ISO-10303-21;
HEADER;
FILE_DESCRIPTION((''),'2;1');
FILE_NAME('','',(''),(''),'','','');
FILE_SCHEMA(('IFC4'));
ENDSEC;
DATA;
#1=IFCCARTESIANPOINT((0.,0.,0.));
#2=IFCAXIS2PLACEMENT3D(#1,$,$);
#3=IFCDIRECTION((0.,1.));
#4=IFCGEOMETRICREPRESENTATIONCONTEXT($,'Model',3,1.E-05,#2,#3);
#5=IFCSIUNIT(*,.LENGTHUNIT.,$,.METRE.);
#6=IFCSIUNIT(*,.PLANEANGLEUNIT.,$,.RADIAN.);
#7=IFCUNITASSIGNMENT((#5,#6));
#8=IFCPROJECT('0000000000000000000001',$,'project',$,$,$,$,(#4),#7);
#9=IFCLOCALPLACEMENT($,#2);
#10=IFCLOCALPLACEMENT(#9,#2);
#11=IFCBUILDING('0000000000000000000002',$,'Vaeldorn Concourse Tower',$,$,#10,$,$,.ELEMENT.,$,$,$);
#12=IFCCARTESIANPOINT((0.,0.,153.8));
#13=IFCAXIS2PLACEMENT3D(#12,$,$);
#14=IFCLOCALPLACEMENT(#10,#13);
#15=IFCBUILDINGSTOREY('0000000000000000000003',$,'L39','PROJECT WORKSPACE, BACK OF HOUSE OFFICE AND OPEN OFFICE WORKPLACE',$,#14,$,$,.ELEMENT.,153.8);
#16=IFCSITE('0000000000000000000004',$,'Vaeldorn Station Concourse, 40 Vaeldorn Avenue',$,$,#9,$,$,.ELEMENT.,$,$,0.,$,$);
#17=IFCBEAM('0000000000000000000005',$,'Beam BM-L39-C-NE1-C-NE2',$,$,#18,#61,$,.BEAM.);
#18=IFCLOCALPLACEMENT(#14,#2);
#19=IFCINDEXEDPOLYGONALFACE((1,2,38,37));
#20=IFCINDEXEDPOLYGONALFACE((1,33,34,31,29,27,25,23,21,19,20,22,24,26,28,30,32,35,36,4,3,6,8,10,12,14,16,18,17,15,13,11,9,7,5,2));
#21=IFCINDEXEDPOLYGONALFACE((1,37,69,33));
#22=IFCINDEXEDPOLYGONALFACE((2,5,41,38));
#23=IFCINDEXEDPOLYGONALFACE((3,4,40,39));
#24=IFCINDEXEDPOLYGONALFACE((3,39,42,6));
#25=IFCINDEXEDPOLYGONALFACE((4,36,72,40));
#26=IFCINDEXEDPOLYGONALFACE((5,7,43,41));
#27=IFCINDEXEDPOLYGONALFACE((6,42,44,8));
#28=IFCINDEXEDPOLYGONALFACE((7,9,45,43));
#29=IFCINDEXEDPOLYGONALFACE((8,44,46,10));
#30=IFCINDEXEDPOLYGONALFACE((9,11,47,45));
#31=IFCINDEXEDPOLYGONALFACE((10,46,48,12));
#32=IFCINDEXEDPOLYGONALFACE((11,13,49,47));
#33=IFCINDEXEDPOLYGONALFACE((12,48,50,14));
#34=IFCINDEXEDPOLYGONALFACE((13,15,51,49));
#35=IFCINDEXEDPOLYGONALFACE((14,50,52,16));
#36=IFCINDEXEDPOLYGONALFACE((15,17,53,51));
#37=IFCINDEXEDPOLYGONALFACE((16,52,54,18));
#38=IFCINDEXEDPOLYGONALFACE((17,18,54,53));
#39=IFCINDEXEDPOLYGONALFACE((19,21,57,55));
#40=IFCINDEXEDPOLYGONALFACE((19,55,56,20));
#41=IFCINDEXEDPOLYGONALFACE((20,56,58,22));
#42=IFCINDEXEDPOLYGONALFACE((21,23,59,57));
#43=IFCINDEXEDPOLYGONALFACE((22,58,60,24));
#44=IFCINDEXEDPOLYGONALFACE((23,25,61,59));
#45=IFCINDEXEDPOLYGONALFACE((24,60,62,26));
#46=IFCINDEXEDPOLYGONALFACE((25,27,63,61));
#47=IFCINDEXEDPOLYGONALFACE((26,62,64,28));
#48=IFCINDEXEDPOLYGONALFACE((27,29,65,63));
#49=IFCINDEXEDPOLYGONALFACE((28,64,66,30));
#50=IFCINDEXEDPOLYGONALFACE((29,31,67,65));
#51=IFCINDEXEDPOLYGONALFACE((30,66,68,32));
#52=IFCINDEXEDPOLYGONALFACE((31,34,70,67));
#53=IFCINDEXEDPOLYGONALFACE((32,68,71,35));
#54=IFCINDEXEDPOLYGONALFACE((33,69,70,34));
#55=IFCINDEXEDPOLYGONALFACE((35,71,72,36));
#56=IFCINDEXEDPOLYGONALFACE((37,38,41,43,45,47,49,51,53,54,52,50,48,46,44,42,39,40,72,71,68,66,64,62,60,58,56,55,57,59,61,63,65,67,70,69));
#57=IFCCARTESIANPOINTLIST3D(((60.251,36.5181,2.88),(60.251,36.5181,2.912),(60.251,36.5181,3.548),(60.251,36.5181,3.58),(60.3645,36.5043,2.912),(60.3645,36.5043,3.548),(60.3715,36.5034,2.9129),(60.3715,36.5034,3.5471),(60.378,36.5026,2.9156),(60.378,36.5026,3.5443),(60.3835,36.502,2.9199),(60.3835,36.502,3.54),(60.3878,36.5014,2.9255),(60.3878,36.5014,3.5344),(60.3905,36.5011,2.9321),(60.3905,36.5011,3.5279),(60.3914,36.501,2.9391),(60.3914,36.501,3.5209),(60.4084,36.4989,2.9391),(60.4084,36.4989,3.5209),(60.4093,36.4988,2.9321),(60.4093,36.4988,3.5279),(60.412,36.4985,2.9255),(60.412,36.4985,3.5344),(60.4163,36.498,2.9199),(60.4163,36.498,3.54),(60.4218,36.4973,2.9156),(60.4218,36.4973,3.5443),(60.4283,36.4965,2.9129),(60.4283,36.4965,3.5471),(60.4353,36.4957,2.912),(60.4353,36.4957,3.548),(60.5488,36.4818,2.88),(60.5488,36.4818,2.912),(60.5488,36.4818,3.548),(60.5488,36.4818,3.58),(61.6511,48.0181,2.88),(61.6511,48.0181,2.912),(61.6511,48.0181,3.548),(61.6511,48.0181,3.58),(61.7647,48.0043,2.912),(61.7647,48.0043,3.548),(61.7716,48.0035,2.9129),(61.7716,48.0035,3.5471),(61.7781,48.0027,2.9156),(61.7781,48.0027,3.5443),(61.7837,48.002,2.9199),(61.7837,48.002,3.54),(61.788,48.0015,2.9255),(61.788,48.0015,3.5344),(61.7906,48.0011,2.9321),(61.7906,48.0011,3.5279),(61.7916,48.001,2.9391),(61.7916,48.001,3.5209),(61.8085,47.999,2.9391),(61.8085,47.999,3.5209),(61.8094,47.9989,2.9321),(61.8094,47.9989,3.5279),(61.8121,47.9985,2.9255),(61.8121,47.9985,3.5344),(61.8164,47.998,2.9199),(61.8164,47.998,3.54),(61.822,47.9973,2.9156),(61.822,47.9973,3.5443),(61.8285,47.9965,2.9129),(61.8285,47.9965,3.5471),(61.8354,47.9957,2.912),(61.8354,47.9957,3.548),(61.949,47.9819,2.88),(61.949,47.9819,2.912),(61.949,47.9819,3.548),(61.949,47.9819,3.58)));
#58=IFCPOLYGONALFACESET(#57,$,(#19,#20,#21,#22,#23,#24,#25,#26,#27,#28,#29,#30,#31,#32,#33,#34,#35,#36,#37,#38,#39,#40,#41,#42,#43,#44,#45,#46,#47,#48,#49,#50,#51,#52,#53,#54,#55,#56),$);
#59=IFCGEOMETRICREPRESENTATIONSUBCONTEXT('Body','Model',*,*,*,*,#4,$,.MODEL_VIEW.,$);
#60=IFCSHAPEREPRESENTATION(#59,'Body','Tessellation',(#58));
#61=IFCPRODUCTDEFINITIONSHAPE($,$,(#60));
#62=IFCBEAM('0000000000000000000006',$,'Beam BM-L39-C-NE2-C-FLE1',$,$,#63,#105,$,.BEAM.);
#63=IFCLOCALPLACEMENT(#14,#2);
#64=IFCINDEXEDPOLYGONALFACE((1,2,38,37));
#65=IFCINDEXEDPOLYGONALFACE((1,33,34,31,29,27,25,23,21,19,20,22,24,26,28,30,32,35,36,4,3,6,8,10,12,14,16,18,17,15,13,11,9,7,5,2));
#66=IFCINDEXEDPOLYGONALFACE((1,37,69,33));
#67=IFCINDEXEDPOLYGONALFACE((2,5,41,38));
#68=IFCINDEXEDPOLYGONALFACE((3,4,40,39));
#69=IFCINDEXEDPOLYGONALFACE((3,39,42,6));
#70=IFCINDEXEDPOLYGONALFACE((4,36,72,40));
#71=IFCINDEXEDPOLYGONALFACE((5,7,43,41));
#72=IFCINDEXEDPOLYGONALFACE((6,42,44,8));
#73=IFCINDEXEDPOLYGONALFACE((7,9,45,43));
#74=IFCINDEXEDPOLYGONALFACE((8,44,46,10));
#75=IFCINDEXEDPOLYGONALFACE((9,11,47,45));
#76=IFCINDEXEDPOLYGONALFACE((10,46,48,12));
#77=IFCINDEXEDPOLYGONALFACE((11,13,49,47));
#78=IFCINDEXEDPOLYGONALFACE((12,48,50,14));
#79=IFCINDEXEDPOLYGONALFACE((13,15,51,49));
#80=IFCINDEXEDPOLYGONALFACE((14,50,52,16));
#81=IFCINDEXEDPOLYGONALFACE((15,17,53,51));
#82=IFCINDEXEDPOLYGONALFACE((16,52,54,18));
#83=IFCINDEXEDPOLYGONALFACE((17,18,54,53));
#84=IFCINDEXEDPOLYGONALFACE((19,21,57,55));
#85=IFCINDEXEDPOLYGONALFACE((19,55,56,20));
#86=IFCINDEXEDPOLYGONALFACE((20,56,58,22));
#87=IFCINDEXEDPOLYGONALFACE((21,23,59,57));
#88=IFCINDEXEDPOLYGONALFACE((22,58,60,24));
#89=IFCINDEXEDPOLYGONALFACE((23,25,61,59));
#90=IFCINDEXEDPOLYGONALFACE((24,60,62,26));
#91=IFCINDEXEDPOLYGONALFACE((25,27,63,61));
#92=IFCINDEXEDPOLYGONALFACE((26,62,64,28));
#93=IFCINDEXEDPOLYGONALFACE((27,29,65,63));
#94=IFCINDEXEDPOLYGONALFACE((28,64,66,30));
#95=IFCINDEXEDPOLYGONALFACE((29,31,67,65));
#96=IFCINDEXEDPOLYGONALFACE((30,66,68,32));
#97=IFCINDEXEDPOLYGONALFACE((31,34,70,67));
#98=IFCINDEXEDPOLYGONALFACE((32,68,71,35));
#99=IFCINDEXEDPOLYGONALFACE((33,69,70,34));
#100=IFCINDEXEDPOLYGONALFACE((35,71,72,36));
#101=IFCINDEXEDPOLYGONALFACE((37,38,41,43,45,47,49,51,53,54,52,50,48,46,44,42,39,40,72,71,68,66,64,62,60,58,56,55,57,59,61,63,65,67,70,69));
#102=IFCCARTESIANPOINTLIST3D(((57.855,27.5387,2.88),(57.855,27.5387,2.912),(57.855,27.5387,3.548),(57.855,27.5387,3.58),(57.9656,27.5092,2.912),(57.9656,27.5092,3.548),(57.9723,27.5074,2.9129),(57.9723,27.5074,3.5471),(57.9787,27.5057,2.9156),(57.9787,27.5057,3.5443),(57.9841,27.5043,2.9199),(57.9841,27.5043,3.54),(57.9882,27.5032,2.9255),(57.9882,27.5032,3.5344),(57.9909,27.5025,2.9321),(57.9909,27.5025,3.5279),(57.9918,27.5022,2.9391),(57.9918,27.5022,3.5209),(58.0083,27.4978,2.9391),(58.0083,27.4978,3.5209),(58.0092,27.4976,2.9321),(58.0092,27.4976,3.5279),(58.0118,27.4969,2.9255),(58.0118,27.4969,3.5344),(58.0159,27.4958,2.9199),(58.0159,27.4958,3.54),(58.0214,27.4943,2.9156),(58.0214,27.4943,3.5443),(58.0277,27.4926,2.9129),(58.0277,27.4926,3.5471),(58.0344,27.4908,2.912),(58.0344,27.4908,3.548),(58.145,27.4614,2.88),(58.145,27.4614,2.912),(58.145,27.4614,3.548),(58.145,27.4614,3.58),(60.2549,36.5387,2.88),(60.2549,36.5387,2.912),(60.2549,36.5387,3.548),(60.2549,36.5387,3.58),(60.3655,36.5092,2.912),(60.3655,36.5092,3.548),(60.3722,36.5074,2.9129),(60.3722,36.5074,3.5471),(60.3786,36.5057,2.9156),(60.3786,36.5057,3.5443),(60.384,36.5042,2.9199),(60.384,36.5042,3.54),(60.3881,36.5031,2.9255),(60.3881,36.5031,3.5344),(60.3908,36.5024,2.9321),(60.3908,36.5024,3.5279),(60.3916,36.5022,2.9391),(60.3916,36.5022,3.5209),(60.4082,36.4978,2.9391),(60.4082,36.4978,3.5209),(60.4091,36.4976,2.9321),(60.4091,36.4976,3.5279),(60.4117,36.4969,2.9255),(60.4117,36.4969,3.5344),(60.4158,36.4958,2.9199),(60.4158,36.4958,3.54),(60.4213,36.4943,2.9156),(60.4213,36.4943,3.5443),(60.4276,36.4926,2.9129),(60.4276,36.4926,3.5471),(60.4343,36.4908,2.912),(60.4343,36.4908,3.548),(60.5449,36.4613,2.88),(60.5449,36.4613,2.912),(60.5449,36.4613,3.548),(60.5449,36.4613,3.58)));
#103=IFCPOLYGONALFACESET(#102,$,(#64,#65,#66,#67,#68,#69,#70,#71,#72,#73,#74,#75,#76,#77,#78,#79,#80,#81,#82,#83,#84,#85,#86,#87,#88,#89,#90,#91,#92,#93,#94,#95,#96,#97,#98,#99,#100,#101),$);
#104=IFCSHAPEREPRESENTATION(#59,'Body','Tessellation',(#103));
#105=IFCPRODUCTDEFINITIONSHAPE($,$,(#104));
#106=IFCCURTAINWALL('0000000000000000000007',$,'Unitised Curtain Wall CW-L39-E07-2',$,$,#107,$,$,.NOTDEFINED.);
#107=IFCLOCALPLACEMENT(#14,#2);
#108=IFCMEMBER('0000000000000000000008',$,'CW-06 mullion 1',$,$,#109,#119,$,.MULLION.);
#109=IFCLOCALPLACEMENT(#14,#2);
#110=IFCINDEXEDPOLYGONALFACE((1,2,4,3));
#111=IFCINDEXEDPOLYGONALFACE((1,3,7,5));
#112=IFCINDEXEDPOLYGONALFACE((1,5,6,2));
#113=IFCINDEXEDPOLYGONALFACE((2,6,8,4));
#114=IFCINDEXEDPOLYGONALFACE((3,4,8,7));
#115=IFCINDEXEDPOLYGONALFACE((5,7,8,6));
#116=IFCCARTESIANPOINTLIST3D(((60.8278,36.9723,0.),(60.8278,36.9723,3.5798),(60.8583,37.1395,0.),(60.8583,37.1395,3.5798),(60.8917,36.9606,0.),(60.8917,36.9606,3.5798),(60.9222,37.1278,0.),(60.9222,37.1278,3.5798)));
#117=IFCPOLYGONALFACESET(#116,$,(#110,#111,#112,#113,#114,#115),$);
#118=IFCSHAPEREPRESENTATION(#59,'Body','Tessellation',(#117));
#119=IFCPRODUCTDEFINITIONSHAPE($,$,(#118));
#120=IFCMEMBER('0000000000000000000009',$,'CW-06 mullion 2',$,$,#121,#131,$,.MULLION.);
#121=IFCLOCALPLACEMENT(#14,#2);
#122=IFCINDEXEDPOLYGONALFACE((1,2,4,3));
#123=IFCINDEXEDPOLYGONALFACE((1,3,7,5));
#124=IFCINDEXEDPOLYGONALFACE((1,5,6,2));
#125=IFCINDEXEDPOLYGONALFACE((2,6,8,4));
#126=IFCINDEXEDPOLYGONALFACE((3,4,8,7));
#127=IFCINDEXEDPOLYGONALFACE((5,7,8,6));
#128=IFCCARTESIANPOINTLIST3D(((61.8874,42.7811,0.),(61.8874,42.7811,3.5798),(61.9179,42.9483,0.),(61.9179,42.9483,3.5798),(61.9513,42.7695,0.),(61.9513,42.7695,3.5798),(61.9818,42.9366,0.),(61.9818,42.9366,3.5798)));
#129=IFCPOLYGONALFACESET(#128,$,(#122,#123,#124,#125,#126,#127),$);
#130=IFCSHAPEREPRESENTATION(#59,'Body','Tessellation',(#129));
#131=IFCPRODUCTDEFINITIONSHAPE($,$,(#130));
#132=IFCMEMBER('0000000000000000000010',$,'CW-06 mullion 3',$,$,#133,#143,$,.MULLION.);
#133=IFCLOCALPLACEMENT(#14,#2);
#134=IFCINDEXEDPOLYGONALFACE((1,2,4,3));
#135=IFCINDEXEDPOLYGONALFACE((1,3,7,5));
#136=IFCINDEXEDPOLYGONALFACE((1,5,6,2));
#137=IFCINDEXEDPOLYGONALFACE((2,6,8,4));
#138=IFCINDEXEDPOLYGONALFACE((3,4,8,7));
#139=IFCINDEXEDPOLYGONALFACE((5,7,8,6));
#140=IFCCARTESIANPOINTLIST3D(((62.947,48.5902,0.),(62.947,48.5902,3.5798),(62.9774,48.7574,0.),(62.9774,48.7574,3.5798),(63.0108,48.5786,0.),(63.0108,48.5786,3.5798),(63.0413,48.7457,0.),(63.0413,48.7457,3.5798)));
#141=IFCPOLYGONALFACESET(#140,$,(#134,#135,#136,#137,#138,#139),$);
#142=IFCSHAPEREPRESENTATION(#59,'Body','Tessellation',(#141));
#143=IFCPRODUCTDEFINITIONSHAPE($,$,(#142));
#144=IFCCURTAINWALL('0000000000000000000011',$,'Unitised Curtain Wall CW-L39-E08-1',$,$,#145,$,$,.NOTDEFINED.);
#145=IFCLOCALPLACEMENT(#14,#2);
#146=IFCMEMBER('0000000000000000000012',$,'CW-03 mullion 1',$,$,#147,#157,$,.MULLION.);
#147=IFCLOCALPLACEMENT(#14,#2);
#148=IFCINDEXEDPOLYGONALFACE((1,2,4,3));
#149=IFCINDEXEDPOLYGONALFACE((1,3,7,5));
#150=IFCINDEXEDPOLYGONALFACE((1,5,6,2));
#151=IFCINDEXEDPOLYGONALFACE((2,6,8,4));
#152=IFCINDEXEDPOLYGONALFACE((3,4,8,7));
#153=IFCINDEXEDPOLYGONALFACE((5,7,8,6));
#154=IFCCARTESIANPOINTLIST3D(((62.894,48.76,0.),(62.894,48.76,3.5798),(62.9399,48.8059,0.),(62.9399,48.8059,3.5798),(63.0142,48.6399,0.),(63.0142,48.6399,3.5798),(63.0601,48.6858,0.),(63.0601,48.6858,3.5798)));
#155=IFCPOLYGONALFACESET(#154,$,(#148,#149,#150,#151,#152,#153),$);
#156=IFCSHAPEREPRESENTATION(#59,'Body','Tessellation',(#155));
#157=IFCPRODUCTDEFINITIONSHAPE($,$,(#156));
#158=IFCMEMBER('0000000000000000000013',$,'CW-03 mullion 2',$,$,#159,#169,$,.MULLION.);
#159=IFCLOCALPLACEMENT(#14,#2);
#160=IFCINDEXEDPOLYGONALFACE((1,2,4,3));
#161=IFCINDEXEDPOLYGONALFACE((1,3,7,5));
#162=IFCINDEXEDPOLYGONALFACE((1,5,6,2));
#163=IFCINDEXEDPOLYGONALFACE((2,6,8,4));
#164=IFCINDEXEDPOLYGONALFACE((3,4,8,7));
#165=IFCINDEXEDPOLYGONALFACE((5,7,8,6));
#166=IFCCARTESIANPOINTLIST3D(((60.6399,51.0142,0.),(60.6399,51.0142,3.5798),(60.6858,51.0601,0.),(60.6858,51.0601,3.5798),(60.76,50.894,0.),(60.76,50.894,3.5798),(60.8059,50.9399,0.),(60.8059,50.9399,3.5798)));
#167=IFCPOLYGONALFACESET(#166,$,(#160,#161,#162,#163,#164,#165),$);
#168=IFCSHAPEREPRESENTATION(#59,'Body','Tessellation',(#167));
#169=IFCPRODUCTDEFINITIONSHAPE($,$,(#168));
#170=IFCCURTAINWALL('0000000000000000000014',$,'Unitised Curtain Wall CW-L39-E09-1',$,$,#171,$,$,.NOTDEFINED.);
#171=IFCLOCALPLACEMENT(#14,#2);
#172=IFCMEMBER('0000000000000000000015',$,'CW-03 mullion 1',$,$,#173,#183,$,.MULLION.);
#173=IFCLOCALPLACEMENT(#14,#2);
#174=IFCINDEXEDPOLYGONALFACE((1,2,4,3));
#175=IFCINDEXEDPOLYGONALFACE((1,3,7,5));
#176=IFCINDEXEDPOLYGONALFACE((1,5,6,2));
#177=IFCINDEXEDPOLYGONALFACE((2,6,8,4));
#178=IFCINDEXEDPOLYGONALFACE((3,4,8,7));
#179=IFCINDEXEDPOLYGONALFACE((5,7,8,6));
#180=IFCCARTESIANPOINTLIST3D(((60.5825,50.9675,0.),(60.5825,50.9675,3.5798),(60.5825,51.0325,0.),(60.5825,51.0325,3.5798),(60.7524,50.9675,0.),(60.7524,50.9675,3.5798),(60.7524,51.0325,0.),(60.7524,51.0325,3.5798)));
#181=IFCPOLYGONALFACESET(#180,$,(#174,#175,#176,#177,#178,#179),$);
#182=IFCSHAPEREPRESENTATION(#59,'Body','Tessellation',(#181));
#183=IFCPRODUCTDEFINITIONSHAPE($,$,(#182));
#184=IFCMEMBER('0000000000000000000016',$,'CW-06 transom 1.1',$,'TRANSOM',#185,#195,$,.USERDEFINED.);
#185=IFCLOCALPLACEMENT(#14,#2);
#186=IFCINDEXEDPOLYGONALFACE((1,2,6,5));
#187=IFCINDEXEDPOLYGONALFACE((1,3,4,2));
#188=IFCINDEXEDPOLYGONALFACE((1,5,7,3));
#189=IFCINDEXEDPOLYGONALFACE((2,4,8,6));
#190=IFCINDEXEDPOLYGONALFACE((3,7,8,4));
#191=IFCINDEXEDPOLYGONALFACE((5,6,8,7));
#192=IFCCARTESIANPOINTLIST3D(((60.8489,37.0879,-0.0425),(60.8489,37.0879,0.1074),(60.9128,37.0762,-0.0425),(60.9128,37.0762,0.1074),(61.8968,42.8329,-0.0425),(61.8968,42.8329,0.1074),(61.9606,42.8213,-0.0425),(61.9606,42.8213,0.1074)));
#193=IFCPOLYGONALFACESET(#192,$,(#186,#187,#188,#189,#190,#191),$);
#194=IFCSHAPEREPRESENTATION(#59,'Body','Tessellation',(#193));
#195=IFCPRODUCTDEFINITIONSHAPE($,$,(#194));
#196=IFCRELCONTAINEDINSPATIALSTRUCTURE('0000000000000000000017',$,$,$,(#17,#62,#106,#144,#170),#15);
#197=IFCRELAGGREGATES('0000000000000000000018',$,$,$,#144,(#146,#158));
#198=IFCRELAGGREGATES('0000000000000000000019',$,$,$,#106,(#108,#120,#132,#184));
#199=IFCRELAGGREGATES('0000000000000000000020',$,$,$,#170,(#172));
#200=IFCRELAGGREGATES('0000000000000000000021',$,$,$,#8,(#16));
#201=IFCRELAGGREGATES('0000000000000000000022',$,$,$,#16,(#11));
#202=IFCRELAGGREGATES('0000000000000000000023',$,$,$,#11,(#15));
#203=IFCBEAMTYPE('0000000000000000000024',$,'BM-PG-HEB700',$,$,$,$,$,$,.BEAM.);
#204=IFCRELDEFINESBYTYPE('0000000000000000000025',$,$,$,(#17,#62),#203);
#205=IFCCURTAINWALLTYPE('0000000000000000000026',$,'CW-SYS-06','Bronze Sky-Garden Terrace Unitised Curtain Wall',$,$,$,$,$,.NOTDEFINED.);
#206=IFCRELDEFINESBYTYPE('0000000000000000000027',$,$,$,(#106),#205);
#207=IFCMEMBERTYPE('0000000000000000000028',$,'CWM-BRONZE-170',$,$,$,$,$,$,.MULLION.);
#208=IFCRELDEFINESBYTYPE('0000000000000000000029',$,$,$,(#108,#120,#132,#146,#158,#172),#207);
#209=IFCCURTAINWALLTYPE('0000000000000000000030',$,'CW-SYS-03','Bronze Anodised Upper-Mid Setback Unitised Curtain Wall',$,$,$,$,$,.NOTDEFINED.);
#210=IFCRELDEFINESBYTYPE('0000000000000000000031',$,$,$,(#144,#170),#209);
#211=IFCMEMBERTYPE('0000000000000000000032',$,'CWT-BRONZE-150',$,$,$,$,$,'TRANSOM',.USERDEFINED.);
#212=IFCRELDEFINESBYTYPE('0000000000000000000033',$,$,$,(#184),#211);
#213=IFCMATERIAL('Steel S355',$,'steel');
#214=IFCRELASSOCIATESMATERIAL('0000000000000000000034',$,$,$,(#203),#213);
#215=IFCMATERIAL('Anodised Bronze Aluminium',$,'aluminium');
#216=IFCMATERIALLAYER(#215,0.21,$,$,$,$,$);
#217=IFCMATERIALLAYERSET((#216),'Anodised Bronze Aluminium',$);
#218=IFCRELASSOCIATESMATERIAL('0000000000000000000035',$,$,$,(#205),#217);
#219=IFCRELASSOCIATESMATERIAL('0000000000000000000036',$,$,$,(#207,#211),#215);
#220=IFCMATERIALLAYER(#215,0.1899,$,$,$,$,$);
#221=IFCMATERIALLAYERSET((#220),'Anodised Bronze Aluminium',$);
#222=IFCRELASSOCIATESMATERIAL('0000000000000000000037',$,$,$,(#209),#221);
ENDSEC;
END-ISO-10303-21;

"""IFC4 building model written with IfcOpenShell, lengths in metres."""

from ifc_helpers import new_model, si_unit, direction, frame, origin, origin_2d, place, context, subcontext, project, spatial, rectangle, i_section, extrude, source, transform, mapped, material, layer, layer_set, material_profile, profile_set, type_object, element, aggregate, save


model = new_model("IFC4")

# Units and contexts
model_context = context("Model", 3, precision=1e-05, world=origin(), true_north=direction((0.0, 1.0)))
body_context = subcontext(model_context, "Body", "Model", "MODEL_VIEW")
ifc_project = project(units=[si_unit("LENGTHUNIT", "METRE"), si_unit("PLANEANGLEUNIT", "RADIAN")], contexts=[model_context])

# Site, building, storey
site_placement = place(None, origin())
site = spatial("IfcSite", under=ifc_project, at=site_placement, Name="Vaeldorn Station Concourse, 40 Vaeldorn Avenue", CompositionType="ELEMENT", RefElevation=0.0)
building_placement = place(site_placement, origin())
building = spatial("IfcBuilding", under=site, at=building_placement, Name="Vaeldorn Concourse Tower", CompositionType="ELEMENT")
storey_placement = place(building_placement, frame((0.0, 0.0, 153.8)))
storey = spatial("IfcBuildingStorey", under=building, at=storey_placement, Name="L39", Description="PROJECT WORKSPACE, BACK OF HOUSE OFFICE AND OPEN OFFICE WORKPLACE", CompositionType="ELEMENT", Elevation=153.8)

# Beams
ifc_material_1 = material(Name="Steel S355", Category="steel")
ifc_material_profile_1 = material_profile(ifc_material_1, i_section(OverallWidth=0.3, OverallDepth=0.7, WebThickness=0.0171, FlangeThickness=0.032, FilletRadius=0.0271, at=origin_2d()), Name="HEB 700")
ifc_profile_set_1 = profile_set([ifc_material_profile_1], Name="Steel S355")
beam_type = type_object("IfcBeamType", Name="BM-PG-HEB700", PredefinedType="BEAM", material=ifc_profile_set_1)
shared_shape_1 = source(origin(), body_context, "Body", "SweptSolid", [
    extrude(i_section(OverallWidth=0.3, OverallDepth=0.7, WebThickness=0.0171, FlangeThickness=0.032, FilletRadius=0.0271, at=origin_2d()), origin(), (0.0, 0.0, 1.0), 11.585),
])
beam_1_placement = place(storey_placement, frame((61.8, 48.0, 3.23), z_axis=(-0.120859, -0.99267, 0.0), x_axis=(0.99267, -0.120859, 0.0)))
element("IfcBeam", 1, at=beam_1_placement, inside=storey, type_object=beam_type, Name="Beam BM-L39-C-NE1-C-NE2", PredefinedType="BEAM", context=body_context, shape_type="MappedRepresentation", body=[
    mapped(shared_shape_1, transform((0.0, 0.0, 0.0), scale=1.0)),
])
shared_shape_2 = source(origin(), body_context, "Body", "SweptSolid", [
    extrude(i_section(OverallWidth=0.3, OverallDepth=0.7, WebThickness=0.0171, FlangeThickness=0.032, FilletRadius=0.0271, at=origin_2d()), origin(), (0.0, 0.0, 1.0), 9.3145),
])
beam_2_placement = place(storey_placement, frame((60.3999, 36.5, 3.23), z_axis=(-0.257653, -0.966238, 0.0), x_axis=(0.966238, -0.257653, 0.0)))
element("IfcBeam", 2, at=beam_2_placement, inside=storey, type_object=beam_type, Name="Beam BM-L39-C-NE2-C-FLE1", PredefinedType="BEAM", context=body_context, shape_type="MappedRepresentation", body=[
    mapped(shared_shape_2, transform((0.0, 0.0, 0.0), scale=1.0)),
])

# Curtain walls, members
ifc_material_2 = material(Name="Anodised Bronze Aluminium", Category="aluminium")
ifc_layer_1 = layer(ifc_material_2, 0.21)
ifc_layer_set_1 = layer_set([ifc_layer_1], Name="Anodised Bronze Aluminium")
curtain_wall_type_1 = type_object("IfcCurtainWallType", Name="CW-SYS-06", Description="Bronze Sky-Garden Terrace Unitised Curtain Wall", PredefinedType="NOTDEFINED", material=ifc_layer_set_1)
curtain_wall_1_placement = place(storey_placement, origin())
curtain_wall_1 = element("IfcCurtainWall", 3, at=curtain_wall_1_placement, inside=storey, type_object=curtain_wall_type_1, Name="Unitised Curtain Wall CW-L39-E07-2", PredefinedType="NOTDEFINED")
ifc_material_profile_2 = material_profile(ifc_material_2, rectangle(XDim=0.0649, YDim=0.1699, at=origin_2d()), Name="CWM 65x170")
ifc_profile_set_2 = profile_set([ifc_material_profile_2], Name="Anodised Bronze Aluminium")
member_type_1 = type_object("IfcMemberType", Name="CWM-BRONZE-170", PredefinedType="MULLION", material=ifc_profile_set_2)
shared_shape_3 = source(origin(), body_context, "Body", "SweptSolid", [
    extrude(rectangle(XDim=0.0649, YDim=0.1699, at=origin_2d()), origin(), (0.0, 0.0, 1.0), 3.5798),
])
member_1_placement = place(storey_placement, frame((60.875, 37.05, 0.0), z_axis=(0.0, 0.0, 1.0), x_axis=(-0.983767, 0.179448, 0.0)))
member_1 = element("IfcMember", 4, at=member_1_placement, type_object=member_type_1, Name="CW-06 mullion 1", PredefinedType="MULLION", context=body_context, shape_type="MappedRepresentation", body=[
    mapped(shared_shape_3, transform((0.0, 0.0, 0.0), scale=1.0)),
])
member_2_placement = place(storey_placement, frame((61.9346, 42.8589, 0.0), z_axis=(0.0, 0.0, 1.0), x_axis=(-0.983767, 0.179448, 0.0)))
member_2 = element("IfcMember", 5, at=member_2_placement, type_object=member_type_1, Name="CW-06 mullion 2", PredefinedType="MULLION", context=body_context, shape_type="MappedRepresentation", body=[
    mapped(shared_shape_3, transform((0.0, 0.0, 0.0), scale=1.0)),
])
member_3_placement = place(storey_placement, frame((62.9941, 48.668, 0.0), z_axis=(0.0, 0.0, 1.0), x_axis=(-0.983767, 0.179448, 0.0)))
member_3 = element("IfcMember", 6, at=member_3_placement, type_object=member_type_1, Name="CW-06 mullion 3", PredefinedType="MULLION", context=body_context, shape_type="MappedRepresentation", body=[
    mapped(shared_shape_3, transform((0.0, 0.0, 0.0), scale=1.0)),
])
ifc_layer_2 = layer(ifc_material_2, 0.1899)
ifc_layer_set_2 = layer_set([ifc_layer_2], Name="Anodised Bronze Aluminium")
curtain_wall_type_2 = type_object("IfcCurtainWallType", Name="CW-SYS-03", Description="Bronze Anodised Upper-Mid Setback Unitised Curtain Wall", PredefinedType="NOTDEFINED", material=ifc_layer_set_2)
curtain_wall_2_placement = place(storey_placement, origin())
curtain_wall_2 = element("IfcCurtainWall", 7, at=curtain_wall_2_placement, inside=storey, type_object=curtain_wall_type_2, Name="Unitised Curtain Wall CW-L39-E08-1", PredefinedType="NOTDEFINED")
member_4_placement = place(storey_placement, frame((62.9771, 48.7229, 0.0), z_axis=(0.0, 0.0, 1.0), x_axis=(-0.707107, -0.707107, 0.0)))
member_4 = element("IfcMember", 8, at=member_4_placement, type_object=member_type_1, Name="CW-03 mullion 1", PredefinedType="MULLION", context=body_context, shape_type="MappedRepresentation", body=[
    mapped(shared_shape_3, transform((0.0, 0.0, 0.0), scale=1.0)),
])
member_5_placement = place(storey_placement, frame((60.7229, 50.9771, 0.0), z_axis=(0.0, 0.0, 1.0), x_axis=(-0.707107, -0.707107, 0.0)))
member_5 = element("IfcMember", 9, at=member_5_placement, type_object=member_type_1, Name="CW-03 mullion 2", PredefinedType="MULLION", context=body_context, shape_type="MappedRepresentation", body=[
    mapped(shared_shape_3, transform((0.0, 0.0, 0.0), scale=1.0)),
])

# Curtain wall, member
curtain_wall_3_placement = place(storey_placement, origin())
curtain_wall_3 = element("IfcCurtainWall", 10, at=curtain_wall_3_placement, inside=storey, type_object=curtain_wall_type_2, Name="Unitised Curtain Wall CW-L39-E09-1", PredefinedType="NOTDEFINED")
member_6_placement = place(storey_placement, frame((60.6675, 51.0, 0.0), z_axis=(0.0, 0.0, 1.0), x_axis=(0.0, -1.0, 0.0)))
member_6 = element("IfcMember", 11, at=member_6_placement, type_object=member_type_1, Name="CW-03 mullion 1", PredefinedType="MULLION", context=body_context, shape_type="MappedRepresentation", body=[
    mapped(shared_shape_3, transform((0.0, 0.0, 0.0), scale=1.0)),
])

# Member
ifc_material_profile_3 = material_profile(ifc_material_2, rectangle(XDim=0.0649, YDim=0.1499, at=origin_2d()), Name="CWT 65x150")
ifc_profile_set_3 = profile_set([ifc_material_profile_3], Name="Anodised Bronze Aluminium")
member_type_2 = type_object("IfcMemberType", Name="CWT-BRONZE-150", ElementType="TRANSOM", PredefinedType="USERDEFINED", material=ifc_profile_set_3)
shared_shape_4 = source(origin(), body_context, "Body", "SweptSolid", [
    extrude(rectangle(XDim=0.0649, YDim=0.1499, at=origin_2d()), origin(), (0.0, 0.0, 1.0), 5.8398),
])
member_7_placement = place(storey_placement, frame((60.8809, 37.082, 0.0325), z_axis=(0.17943, 0.983771, 0.0), x_axis=(-0.983771, 0.17943, 0.0)))
member_7 = element("IfcMember", 12, at=member_7_placement, type_object=member_type_2, Name="CW-06 transom 1.1", ObjectType="TRANSOM", PredefinedType="USERDEFINED", context=body_context, shape_type="MappedRepresentation", body=[
    mapped(shared_shape_4, transform((0.0, 0.0, 0.0), scale=1.0)),
])

aggregate(curtain_wall_2, [member_4, member_5])
aggregate(curtain_wall_1, [member_1, member_2, member_3, member_7])
aggregate(curtain_wall_3, [member_6])

save(model, "model.ifc")
